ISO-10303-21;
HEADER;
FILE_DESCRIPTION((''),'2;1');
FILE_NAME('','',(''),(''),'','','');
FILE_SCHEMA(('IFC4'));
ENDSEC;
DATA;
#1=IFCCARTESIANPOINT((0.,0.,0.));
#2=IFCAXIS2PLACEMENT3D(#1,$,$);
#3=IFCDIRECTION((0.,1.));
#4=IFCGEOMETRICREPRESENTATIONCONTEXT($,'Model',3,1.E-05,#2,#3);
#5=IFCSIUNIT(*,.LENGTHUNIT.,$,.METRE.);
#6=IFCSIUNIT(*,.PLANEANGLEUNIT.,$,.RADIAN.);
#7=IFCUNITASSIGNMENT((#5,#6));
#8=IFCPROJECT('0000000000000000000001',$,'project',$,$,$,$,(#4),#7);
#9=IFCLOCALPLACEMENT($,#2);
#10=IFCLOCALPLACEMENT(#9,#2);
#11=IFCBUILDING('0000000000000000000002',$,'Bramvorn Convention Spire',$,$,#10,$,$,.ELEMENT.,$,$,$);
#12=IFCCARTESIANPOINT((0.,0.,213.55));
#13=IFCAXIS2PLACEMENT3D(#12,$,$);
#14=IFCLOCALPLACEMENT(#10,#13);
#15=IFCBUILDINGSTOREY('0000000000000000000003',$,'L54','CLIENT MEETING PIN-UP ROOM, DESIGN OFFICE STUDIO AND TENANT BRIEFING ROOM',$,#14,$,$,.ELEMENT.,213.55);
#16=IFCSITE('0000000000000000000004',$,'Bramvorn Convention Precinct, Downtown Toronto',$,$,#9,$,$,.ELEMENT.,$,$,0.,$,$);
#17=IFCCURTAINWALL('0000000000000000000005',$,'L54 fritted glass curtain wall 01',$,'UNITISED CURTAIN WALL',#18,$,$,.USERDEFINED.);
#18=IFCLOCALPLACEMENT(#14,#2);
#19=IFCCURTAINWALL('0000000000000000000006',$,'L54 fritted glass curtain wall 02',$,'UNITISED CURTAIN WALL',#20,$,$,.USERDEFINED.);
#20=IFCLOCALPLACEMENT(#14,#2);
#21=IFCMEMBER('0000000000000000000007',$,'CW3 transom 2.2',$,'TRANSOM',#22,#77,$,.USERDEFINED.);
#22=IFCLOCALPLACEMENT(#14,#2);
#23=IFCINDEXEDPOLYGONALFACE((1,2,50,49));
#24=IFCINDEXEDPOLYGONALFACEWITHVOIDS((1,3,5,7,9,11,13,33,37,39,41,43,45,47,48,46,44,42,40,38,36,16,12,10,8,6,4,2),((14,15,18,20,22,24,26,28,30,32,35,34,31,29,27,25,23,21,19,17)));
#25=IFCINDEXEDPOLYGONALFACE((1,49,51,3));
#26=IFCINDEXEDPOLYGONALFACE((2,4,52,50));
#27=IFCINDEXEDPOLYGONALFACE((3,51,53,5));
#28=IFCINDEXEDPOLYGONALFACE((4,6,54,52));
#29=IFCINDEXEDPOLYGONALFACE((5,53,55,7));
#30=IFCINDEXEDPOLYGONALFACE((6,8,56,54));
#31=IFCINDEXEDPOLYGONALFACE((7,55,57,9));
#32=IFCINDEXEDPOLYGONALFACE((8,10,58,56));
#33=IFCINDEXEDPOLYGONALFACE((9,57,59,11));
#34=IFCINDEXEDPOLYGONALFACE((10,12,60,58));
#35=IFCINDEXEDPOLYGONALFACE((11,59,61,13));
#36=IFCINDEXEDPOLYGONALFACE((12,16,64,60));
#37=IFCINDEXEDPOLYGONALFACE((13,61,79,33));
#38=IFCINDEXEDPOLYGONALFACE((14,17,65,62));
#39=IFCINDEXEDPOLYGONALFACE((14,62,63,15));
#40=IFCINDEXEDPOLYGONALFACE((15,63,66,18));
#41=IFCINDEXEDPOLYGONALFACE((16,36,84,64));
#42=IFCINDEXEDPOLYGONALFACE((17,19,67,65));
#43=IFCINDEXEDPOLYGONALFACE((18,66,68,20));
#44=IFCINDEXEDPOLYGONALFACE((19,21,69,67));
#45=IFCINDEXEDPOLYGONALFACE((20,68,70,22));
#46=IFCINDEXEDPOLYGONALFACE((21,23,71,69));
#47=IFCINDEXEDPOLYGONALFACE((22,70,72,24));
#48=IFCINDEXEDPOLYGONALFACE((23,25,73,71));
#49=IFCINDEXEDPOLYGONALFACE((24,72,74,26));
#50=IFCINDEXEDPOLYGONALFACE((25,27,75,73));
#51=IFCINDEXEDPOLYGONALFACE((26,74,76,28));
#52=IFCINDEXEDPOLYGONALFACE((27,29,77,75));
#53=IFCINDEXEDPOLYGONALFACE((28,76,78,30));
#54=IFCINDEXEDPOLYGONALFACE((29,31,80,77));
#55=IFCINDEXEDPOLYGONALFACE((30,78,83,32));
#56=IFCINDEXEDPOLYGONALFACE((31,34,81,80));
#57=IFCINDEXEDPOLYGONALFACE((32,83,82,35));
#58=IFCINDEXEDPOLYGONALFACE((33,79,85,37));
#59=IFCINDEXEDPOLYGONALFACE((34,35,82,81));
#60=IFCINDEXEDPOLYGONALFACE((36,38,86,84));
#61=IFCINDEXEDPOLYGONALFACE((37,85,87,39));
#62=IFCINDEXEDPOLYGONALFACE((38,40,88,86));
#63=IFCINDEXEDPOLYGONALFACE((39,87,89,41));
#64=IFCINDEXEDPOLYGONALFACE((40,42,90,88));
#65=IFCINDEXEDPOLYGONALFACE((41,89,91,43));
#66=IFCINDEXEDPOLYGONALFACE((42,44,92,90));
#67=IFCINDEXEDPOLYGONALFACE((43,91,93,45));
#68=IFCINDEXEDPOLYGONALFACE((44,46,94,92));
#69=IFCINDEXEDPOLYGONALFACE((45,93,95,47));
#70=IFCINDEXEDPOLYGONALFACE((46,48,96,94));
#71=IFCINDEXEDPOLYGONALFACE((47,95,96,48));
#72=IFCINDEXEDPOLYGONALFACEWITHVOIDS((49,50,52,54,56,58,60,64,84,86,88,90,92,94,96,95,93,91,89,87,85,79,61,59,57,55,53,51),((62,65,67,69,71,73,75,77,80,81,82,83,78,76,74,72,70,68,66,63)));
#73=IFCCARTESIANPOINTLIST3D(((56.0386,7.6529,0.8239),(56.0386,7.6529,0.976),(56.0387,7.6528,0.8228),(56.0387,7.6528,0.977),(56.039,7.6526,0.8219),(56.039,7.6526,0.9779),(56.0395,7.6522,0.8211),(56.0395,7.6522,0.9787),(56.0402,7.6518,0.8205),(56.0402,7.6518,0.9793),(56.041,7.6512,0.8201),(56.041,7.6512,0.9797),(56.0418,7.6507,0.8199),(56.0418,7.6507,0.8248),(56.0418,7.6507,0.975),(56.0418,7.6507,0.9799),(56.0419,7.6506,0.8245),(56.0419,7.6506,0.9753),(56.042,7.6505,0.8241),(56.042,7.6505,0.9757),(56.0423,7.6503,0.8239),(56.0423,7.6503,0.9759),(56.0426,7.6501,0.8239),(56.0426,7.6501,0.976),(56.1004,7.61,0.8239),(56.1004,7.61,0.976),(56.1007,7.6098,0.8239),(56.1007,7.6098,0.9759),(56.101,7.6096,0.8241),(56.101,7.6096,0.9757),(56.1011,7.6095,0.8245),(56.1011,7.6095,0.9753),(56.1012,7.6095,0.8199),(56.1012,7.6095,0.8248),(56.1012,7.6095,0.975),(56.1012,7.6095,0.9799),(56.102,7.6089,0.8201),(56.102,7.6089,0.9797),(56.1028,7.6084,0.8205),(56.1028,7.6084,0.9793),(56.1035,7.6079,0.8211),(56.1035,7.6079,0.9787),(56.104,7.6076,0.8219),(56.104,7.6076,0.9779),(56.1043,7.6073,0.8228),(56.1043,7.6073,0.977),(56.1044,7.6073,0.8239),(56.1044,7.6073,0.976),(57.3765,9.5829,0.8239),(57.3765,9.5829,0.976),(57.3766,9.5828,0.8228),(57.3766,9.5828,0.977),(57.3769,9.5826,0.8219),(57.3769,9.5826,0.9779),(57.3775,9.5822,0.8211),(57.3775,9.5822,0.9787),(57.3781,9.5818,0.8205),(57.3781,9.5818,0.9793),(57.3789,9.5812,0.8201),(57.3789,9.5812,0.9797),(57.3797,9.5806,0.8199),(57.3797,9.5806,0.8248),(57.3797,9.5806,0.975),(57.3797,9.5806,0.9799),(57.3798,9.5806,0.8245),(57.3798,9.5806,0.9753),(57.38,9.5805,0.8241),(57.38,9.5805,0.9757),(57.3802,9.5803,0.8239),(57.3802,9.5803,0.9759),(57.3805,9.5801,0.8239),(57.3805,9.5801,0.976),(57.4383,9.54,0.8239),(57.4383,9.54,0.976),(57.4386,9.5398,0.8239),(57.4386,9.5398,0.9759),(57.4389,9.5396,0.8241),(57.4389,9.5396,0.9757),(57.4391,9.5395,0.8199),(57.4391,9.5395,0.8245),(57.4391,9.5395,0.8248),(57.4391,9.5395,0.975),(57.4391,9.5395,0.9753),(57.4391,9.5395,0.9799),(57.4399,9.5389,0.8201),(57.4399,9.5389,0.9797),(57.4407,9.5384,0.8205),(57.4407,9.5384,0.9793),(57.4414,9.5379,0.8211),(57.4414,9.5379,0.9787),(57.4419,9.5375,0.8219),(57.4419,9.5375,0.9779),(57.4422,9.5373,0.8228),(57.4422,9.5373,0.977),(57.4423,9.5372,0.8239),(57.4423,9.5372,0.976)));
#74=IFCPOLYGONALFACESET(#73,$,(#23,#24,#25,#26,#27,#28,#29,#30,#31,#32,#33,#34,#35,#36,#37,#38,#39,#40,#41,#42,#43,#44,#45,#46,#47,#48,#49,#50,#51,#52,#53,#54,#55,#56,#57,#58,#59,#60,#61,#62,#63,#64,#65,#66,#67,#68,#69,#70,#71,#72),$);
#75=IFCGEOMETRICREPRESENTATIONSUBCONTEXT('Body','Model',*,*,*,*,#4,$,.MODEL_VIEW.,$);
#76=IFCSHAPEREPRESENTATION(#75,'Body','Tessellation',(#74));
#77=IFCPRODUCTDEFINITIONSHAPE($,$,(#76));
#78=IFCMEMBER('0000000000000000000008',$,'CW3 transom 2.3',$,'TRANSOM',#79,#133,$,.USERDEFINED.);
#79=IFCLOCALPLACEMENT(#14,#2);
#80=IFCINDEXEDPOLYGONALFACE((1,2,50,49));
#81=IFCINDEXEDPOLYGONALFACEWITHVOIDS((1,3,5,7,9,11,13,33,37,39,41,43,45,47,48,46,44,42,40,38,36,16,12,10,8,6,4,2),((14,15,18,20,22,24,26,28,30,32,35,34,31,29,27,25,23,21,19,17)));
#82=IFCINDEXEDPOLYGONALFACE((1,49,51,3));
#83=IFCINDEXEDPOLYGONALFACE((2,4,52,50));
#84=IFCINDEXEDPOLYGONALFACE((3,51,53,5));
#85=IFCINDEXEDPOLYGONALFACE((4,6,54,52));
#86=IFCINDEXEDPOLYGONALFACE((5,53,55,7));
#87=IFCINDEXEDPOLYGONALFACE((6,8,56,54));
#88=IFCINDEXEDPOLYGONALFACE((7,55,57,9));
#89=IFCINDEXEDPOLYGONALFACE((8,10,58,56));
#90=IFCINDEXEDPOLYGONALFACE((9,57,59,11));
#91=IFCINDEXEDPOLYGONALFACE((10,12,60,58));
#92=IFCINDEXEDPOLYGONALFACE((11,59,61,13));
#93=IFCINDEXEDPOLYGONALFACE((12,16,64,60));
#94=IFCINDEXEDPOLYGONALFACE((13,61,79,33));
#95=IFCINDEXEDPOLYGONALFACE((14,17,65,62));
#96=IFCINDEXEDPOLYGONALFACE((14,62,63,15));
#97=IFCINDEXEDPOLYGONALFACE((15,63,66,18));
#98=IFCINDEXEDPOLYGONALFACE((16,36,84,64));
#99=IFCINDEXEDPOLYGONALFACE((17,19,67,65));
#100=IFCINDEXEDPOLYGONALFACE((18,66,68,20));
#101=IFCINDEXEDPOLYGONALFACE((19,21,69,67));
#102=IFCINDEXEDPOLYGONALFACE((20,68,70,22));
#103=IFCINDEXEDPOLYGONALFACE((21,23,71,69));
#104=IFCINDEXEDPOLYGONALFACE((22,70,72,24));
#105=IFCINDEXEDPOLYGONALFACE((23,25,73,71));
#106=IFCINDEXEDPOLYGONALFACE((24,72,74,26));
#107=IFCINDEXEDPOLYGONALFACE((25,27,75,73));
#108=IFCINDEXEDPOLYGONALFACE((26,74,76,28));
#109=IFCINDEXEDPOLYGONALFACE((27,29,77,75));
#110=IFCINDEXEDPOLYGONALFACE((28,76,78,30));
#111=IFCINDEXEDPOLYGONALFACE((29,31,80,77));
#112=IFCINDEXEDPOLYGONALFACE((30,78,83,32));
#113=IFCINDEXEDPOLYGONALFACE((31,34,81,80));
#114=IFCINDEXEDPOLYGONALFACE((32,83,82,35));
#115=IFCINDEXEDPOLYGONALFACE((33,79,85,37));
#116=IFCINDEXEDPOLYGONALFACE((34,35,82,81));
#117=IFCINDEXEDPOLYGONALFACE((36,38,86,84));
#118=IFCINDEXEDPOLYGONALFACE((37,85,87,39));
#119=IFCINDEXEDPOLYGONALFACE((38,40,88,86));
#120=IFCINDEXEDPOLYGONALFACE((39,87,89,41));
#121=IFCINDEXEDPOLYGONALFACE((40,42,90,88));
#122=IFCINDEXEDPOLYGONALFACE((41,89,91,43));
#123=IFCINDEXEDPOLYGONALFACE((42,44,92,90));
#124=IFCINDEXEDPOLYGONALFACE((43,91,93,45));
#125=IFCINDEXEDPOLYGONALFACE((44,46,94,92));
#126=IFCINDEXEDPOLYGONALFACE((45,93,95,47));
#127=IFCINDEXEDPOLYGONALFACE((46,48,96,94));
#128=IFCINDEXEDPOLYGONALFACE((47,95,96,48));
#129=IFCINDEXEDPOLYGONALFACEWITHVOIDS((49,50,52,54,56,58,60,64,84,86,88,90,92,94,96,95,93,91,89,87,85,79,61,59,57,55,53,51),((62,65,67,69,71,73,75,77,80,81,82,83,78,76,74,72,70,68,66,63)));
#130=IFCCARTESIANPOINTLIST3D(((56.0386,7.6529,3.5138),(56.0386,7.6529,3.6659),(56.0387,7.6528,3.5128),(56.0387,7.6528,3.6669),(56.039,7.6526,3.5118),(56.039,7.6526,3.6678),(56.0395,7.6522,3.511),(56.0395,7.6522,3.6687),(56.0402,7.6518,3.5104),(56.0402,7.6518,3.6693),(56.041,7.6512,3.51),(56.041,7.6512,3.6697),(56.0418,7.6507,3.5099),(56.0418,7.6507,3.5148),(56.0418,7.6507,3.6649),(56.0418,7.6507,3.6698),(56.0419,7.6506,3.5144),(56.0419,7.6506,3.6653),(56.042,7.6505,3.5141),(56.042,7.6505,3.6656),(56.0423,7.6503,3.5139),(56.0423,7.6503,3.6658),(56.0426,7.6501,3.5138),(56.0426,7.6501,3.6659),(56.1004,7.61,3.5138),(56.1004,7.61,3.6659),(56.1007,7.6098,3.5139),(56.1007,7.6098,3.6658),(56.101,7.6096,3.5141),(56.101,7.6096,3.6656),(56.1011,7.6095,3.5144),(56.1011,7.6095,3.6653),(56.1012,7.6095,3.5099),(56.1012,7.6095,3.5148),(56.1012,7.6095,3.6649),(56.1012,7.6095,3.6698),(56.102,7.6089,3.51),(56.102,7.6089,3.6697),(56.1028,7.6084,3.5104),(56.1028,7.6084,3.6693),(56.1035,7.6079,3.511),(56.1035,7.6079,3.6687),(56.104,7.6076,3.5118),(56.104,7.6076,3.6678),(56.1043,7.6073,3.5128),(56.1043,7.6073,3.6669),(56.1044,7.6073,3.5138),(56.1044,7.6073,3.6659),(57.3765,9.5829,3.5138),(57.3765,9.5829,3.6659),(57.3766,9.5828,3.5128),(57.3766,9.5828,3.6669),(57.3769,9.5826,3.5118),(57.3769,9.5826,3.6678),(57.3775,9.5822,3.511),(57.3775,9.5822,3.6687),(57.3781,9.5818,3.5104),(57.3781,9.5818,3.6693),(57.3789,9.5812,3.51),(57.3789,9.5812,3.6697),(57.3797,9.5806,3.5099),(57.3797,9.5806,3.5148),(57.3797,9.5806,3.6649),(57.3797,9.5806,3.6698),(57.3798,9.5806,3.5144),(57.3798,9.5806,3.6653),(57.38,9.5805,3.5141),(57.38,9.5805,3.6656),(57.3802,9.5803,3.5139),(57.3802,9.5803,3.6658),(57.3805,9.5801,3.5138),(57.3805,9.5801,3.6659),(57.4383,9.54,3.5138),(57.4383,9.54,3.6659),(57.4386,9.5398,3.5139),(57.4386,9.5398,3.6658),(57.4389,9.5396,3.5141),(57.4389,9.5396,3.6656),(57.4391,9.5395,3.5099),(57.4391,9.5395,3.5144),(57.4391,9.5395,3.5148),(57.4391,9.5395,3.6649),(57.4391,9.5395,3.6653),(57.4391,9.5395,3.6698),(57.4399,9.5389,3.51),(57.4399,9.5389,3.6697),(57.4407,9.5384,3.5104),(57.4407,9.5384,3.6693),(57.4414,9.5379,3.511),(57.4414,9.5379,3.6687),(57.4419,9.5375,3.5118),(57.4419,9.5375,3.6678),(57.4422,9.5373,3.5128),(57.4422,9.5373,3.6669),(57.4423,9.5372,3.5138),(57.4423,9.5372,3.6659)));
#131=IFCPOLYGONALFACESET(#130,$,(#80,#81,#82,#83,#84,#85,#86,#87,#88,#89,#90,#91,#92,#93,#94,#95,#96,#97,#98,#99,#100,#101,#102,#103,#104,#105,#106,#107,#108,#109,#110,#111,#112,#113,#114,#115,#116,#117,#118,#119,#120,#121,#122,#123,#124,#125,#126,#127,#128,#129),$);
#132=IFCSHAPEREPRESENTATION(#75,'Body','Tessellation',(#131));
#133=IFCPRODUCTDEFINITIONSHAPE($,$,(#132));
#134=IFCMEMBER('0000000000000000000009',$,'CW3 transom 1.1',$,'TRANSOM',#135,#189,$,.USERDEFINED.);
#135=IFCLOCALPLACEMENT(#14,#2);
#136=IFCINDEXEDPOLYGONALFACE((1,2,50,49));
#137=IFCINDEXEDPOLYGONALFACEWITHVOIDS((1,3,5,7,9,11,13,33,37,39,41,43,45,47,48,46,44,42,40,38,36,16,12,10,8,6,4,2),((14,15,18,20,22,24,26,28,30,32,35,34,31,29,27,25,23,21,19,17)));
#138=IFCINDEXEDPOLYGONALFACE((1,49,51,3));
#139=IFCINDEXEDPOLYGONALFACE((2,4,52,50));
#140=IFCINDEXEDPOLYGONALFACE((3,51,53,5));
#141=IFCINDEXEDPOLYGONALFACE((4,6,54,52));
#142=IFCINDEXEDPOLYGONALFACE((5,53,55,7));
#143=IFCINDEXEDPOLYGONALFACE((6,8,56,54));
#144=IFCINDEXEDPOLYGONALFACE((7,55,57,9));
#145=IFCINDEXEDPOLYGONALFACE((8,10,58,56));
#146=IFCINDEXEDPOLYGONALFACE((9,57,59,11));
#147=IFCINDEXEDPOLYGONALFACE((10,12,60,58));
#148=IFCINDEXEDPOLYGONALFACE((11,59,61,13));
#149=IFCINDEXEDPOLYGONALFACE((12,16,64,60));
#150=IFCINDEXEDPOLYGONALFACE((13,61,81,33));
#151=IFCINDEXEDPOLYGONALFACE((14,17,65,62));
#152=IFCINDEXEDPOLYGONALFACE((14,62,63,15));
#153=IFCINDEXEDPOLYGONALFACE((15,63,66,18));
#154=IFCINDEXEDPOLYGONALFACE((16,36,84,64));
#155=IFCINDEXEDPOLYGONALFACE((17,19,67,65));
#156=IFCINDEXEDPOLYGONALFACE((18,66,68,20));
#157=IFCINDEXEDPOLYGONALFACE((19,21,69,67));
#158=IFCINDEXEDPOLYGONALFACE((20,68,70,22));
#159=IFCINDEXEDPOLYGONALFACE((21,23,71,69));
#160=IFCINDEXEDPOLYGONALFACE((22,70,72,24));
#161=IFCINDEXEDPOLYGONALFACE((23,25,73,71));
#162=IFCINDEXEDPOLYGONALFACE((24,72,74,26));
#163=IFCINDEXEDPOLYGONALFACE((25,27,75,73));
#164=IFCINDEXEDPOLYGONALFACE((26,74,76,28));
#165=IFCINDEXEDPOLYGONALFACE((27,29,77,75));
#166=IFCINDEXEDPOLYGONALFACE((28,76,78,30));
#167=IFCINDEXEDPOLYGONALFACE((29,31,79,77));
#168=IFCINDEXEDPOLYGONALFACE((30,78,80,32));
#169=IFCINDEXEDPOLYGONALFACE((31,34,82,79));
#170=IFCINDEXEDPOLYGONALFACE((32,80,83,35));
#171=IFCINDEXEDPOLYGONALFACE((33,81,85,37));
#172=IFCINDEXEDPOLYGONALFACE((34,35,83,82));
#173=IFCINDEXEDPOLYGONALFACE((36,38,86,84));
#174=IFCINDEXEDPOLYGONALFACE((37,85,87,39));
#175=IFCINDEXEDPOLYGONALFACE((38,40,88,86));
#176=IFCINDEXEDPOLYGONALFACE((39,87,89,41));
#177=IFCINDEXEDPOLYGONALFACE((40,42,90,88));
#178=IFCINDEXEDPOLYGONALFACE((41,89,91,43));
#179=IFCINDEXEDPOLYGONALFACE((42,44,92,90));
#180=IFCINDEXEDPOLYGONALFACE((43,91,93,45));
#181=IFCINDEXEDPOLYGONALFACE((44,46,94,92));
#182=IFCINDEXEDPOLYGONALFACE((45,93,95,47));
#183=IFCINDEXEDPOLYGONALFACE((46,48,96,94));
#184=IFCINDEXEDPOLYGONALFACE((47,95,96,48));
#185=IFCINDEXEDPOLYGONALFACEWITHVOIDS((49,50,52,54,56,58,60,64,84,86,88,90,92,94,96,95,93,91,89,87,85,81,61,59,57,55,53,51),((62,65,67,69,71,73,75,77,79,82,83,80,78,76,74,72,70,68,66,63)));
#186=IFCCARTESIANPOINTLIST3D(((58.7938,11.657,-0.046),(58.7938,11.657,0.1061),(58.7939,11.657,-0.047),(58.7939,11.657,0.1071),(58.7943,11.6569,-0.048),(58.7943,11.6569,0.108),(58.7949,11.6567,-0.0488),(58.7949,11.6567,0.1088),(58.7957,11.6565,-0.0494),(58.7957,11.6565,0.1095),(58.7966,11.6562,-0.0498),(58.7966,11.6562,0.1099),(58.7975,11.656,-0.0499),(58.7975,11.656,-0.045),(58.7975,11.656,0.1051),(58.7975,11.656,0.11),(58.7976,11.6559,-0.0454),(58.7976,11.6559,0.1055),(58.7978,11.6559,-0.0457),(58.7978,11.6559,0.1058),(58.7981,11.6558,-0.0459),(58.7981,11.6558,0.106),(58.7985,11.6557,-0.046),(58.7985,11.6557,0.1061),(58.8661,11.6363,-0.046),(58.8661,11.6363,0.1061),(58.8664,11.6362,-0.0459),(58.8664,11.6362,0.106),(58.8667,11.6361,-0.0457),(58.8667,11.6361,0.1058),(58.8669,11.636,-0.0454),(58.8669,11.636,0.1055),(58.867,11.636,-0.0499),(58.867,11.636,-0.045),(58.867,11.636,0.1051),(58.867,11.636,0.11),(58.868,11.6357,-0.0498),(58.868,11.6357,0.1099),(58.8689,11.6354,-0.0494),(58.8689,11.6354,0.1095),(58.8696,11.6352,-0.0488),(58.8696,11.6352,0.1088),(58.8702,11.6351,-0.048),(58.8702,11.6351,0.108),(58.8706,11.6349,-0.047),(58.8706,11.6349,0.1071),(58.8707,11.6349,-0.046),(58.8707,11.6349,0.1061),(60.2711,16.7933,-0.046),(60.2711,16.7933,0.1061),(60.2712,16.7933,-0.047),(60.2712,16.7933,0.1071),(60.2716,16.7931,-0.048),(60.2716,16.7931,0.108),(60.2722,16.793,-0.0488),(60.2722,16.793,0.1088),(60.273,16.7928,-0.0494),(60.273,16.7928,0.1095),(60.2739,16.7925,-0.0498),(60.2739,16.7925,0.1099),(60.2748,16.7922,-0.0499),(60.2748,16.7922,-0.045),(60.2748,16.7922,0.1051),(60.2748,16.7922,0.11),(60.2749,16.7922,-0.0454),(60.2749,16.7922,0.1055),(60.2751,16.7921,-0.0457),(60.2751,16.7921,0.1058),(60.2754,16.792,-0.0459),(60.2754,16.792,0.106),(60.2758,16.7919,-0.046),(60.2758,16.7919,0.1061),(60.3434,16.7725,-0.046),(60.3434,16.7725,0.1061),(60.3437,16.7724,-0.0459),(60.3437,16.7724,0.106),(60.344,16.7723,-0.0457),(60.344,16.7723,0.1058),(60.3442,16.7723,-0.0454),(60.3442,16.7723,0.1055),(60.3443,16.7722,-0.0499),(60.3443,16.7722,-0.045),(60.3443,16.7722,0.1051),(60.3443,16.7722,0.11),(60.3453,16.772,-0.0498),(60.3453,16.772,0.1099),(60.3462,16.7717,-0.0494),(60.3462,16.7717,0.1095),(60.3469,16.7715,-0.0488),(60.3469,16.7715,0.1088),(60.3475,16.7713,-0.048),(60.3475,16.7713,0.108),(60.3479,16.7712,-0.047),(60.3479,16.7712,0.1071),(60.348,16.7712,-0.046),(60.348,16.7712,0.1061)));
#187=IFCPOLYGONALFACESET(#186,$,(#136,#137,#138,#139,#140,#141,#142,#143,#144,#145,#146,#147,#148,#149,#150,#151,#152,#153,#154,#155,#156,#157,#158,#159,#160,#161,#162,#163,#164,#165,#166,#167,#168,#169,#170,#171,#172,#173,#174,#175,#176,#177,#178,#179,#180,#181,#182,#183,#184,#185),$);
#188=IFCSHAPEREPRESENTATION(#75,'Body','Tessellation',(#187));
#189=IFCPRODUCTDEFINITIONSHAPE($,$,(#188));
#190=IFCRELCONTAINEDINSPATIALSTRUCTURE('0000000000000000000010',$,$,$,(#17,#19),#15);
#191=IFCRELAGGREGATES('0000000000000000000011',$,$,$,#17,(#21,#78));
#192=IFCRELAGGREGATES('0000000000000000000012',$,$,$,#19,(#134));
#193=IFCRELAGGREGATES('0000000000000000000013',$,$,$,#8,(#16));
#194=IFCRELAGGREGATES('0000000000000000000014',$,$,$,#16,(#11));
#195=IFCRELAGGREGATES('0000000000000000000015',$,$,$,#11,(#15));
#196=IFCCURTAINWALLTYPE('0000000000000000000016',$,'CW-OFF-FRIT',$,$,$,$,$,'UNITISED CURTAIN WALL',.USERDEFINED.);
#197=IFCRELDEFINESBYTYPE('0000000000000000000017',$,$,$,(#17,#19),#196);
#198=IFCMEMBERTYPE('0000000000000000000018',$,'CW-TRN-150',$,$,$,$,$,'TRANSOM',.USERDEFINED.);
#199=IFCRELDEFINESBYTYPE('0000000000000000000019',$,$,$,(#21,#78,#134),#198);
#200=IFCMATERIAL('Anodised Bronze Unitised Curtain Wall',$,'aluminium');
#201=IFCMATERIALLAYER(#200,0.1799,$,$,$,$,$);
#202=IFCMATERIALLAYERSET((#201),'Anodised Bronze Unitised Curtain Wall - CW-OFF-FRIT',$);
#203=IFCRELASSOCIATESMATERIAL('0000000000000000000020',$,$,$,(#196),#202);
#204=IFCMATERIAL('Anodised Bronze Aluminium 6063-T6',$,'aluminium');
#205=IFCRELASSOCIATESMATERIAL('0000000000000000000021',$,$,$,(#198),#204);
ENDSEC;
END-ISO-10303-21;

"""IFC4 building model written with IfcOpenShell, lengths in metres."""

from ifc_helpers import new_model, si_unit, direction, frame, origin, origin_2d, place, context, subcontext, project, spatial, hollow_rectangle, extrude, material, layer, layer_set, material_profile, profile_set, type_object, element, aggregate, save


model = new_model("IFC4")

# Units and contexts
model_context = context("Model", 3, precision=1e-05, world=origin(), true_north=direction((0.0, 1.0)))
body_context = subcontext(model_context, "Body", "Model", "MODEL_VIEW")
ifc_project = project(units=[si_unit("LENGTHUNIT", "METRE"), si_unit("PLANEANGLEUNIT", "RADIAN")], contexts=[model_context])

# Site, building, storey
site_placement = place(None, origin())
site = spatial("IfcSite", under=ifc_project, at=site_placement, Name="Bramvorn Convention Precinct, Downtown Toronto", CompositionType="ELEMENT", RefElevation=0.0)
building_placement = place(site_placement, origin())
building = spatial("IfcBuilding", under=site, at=building_placement, Name="Bramvorn Convention Spire", CompositionType="ELEMENT")
storey_placement = place(building_placement, frame((0.0, 0.0, 213.55)))
storey = spatial("IfcBuildingStorey", under=building, at=storey_placement, Name="L54", Description="CLIENT MEETING PIN-UP ROOM, DESIGN OFFICE STUDIO AND TENANT BRIEFING ROOM", CompositionType="ELEMENT", Elevation=213.55)

# Curtain walls
ifc_material_1 = material(Name="Anodised Bronze Unitised Curtain Wall", Category="aluminium")
ifc_layer_1 = layer(ifc_material_1, 0.1799)
ifc_layer_set_1 = layer_set([ifc_layer_1], Name="Anodised Bronze Unitised Curtain Wall - CW-OFF-FRIT")
curtain_wall_type = type_object("IfcCurtainWallType", Name="CW-OFF-FRIT", ElementType="UNITISED CURTAIN WALL", PredefinedType="USERDEFINED", material=ifc_layer_set_1)
curtain_wall_1_placement = place(storey_placement, origin())
curtain_wall_1 = element("IfcCurtainWall", 1, at=curtain_wall_1_placement, inside=storey, type_object=curtain_wall_type, Name="L54 fritted glass curtain wall 01", ObjectType="UNITISED CURTAIN WALL", PredefinedType="USERDEFINED")
ifc_material_2 = material(Name="Anodised Bronze Aluminium 6063-T6", Category="aluminium")
curtain_wall_2_placement = place(storey_placement, origin())
curtain_wall_2 = element("IfcCurtainWall", 2, at=curtain_wall_2_placement, inside=storey, type_object=curtain_wall_type, Name="L54 fritted glass curtain wall 02", ObjectType="UNITISED CURTAIN WALL", PredefinedType="USERDEFINED")

# Members
ifc_material_profile_1 = material_profile(ifc_material_2, hollow_rectangle(XDim=0.0801, YDim=0.1599, WallThickness=0.0039, InnerFilletRadius=0.001, OuterFilletRadius=0.0039, at=origin_2d()))
ifc_profile_set_1 = profile_set([ifc_material_profile_1], Name="Anodised Bronze Aluminium 6063-T6 - CWT80X160")
member_type_1 = type_object("IfcMemberType", Name="CW-TRN-150", ElementType="TRANSOM", PredefinedType="USERDEFINED", material=ifc_profile_set_1)
member_1_placement = place(storey_placement, frame((57.4094, 9.5601, 0.8999), z_axis=(-0.569723, -0.821836, 0.0), x_axis=(0.821836, -0.569723, 0.0)))
member_1 = element("IfcMember", 3, at=member_1_placement, type_object=member_type_1, Name="CW3 transom 2.2", ObjectType="TRANSOM", PredefinedType="USERDEFINED", context=body_context, shape_type="SweptSolid", body=[
    extrude(hollow_rectangle(XDim=0.0801, YDim=0.1599, WallThickness=0.0039, InnerFilletRadius=0.001, OuterFilletRadius=0.0039, at=origin_2d()), origin(), (0.0, 0.0, 1.0), 2.3484),
])
member_2_placement = place(storey_placement, frame((57.4094, 9.5601, 3.5898), z_axis=(-0.569723, -0.821836, 0.0), x_axis=(0.821836, -0.569723, 0.0)))
member_2 = element("IfcMember", 4, at=member_2_placement, type_object=member_type_1, Name="CW3 transom 2.3", ObjectType="TRANSOM", PredefinedType="USERDEFINED", context=body_context, shape_type="SweptSolid", body=[
    extrude(hollow_rectangle(XDim=0.0801, YDim=0.1599, WallThickness=0.0039, InnerFilletRadius=0.001, OuterFilletRadius=0.0039, at=origin_2d()), origin(), (0.0, 0.0, 1.0), 2.3484),
])
member_3_placement = place(storey_placement, frame((60.3096, 16.7822, 0.03), z_axis=(-0.276416, -0.961038, 0.0), x_axis=(0.961038, -0.276416, 0.0)))
member_3 = element("IfcMember", 5, at=member_3_placement, type_object=member_type_1, Name="CW3 transom 1.1", ObjectType="TRANSOM", PredefinedType="USERDEFINED", context=body_context, shape_type="SweptSolid", body=[
    extrude(hollow_rectangle(XDim=0.0801, YDim=0.1599, WallThickness=0.0039, InnerFilletRadius=0.001, OuterFilletRadius=0.0039, at=origin_2d()), origin(), (0.0, 0.0, 1.0), 5.3445),
])

aggregate(curtain_wall_1, [member_1, member_2])
aggregate(curtain_wall_2, [member_3])

save(model, "model.ifc")
